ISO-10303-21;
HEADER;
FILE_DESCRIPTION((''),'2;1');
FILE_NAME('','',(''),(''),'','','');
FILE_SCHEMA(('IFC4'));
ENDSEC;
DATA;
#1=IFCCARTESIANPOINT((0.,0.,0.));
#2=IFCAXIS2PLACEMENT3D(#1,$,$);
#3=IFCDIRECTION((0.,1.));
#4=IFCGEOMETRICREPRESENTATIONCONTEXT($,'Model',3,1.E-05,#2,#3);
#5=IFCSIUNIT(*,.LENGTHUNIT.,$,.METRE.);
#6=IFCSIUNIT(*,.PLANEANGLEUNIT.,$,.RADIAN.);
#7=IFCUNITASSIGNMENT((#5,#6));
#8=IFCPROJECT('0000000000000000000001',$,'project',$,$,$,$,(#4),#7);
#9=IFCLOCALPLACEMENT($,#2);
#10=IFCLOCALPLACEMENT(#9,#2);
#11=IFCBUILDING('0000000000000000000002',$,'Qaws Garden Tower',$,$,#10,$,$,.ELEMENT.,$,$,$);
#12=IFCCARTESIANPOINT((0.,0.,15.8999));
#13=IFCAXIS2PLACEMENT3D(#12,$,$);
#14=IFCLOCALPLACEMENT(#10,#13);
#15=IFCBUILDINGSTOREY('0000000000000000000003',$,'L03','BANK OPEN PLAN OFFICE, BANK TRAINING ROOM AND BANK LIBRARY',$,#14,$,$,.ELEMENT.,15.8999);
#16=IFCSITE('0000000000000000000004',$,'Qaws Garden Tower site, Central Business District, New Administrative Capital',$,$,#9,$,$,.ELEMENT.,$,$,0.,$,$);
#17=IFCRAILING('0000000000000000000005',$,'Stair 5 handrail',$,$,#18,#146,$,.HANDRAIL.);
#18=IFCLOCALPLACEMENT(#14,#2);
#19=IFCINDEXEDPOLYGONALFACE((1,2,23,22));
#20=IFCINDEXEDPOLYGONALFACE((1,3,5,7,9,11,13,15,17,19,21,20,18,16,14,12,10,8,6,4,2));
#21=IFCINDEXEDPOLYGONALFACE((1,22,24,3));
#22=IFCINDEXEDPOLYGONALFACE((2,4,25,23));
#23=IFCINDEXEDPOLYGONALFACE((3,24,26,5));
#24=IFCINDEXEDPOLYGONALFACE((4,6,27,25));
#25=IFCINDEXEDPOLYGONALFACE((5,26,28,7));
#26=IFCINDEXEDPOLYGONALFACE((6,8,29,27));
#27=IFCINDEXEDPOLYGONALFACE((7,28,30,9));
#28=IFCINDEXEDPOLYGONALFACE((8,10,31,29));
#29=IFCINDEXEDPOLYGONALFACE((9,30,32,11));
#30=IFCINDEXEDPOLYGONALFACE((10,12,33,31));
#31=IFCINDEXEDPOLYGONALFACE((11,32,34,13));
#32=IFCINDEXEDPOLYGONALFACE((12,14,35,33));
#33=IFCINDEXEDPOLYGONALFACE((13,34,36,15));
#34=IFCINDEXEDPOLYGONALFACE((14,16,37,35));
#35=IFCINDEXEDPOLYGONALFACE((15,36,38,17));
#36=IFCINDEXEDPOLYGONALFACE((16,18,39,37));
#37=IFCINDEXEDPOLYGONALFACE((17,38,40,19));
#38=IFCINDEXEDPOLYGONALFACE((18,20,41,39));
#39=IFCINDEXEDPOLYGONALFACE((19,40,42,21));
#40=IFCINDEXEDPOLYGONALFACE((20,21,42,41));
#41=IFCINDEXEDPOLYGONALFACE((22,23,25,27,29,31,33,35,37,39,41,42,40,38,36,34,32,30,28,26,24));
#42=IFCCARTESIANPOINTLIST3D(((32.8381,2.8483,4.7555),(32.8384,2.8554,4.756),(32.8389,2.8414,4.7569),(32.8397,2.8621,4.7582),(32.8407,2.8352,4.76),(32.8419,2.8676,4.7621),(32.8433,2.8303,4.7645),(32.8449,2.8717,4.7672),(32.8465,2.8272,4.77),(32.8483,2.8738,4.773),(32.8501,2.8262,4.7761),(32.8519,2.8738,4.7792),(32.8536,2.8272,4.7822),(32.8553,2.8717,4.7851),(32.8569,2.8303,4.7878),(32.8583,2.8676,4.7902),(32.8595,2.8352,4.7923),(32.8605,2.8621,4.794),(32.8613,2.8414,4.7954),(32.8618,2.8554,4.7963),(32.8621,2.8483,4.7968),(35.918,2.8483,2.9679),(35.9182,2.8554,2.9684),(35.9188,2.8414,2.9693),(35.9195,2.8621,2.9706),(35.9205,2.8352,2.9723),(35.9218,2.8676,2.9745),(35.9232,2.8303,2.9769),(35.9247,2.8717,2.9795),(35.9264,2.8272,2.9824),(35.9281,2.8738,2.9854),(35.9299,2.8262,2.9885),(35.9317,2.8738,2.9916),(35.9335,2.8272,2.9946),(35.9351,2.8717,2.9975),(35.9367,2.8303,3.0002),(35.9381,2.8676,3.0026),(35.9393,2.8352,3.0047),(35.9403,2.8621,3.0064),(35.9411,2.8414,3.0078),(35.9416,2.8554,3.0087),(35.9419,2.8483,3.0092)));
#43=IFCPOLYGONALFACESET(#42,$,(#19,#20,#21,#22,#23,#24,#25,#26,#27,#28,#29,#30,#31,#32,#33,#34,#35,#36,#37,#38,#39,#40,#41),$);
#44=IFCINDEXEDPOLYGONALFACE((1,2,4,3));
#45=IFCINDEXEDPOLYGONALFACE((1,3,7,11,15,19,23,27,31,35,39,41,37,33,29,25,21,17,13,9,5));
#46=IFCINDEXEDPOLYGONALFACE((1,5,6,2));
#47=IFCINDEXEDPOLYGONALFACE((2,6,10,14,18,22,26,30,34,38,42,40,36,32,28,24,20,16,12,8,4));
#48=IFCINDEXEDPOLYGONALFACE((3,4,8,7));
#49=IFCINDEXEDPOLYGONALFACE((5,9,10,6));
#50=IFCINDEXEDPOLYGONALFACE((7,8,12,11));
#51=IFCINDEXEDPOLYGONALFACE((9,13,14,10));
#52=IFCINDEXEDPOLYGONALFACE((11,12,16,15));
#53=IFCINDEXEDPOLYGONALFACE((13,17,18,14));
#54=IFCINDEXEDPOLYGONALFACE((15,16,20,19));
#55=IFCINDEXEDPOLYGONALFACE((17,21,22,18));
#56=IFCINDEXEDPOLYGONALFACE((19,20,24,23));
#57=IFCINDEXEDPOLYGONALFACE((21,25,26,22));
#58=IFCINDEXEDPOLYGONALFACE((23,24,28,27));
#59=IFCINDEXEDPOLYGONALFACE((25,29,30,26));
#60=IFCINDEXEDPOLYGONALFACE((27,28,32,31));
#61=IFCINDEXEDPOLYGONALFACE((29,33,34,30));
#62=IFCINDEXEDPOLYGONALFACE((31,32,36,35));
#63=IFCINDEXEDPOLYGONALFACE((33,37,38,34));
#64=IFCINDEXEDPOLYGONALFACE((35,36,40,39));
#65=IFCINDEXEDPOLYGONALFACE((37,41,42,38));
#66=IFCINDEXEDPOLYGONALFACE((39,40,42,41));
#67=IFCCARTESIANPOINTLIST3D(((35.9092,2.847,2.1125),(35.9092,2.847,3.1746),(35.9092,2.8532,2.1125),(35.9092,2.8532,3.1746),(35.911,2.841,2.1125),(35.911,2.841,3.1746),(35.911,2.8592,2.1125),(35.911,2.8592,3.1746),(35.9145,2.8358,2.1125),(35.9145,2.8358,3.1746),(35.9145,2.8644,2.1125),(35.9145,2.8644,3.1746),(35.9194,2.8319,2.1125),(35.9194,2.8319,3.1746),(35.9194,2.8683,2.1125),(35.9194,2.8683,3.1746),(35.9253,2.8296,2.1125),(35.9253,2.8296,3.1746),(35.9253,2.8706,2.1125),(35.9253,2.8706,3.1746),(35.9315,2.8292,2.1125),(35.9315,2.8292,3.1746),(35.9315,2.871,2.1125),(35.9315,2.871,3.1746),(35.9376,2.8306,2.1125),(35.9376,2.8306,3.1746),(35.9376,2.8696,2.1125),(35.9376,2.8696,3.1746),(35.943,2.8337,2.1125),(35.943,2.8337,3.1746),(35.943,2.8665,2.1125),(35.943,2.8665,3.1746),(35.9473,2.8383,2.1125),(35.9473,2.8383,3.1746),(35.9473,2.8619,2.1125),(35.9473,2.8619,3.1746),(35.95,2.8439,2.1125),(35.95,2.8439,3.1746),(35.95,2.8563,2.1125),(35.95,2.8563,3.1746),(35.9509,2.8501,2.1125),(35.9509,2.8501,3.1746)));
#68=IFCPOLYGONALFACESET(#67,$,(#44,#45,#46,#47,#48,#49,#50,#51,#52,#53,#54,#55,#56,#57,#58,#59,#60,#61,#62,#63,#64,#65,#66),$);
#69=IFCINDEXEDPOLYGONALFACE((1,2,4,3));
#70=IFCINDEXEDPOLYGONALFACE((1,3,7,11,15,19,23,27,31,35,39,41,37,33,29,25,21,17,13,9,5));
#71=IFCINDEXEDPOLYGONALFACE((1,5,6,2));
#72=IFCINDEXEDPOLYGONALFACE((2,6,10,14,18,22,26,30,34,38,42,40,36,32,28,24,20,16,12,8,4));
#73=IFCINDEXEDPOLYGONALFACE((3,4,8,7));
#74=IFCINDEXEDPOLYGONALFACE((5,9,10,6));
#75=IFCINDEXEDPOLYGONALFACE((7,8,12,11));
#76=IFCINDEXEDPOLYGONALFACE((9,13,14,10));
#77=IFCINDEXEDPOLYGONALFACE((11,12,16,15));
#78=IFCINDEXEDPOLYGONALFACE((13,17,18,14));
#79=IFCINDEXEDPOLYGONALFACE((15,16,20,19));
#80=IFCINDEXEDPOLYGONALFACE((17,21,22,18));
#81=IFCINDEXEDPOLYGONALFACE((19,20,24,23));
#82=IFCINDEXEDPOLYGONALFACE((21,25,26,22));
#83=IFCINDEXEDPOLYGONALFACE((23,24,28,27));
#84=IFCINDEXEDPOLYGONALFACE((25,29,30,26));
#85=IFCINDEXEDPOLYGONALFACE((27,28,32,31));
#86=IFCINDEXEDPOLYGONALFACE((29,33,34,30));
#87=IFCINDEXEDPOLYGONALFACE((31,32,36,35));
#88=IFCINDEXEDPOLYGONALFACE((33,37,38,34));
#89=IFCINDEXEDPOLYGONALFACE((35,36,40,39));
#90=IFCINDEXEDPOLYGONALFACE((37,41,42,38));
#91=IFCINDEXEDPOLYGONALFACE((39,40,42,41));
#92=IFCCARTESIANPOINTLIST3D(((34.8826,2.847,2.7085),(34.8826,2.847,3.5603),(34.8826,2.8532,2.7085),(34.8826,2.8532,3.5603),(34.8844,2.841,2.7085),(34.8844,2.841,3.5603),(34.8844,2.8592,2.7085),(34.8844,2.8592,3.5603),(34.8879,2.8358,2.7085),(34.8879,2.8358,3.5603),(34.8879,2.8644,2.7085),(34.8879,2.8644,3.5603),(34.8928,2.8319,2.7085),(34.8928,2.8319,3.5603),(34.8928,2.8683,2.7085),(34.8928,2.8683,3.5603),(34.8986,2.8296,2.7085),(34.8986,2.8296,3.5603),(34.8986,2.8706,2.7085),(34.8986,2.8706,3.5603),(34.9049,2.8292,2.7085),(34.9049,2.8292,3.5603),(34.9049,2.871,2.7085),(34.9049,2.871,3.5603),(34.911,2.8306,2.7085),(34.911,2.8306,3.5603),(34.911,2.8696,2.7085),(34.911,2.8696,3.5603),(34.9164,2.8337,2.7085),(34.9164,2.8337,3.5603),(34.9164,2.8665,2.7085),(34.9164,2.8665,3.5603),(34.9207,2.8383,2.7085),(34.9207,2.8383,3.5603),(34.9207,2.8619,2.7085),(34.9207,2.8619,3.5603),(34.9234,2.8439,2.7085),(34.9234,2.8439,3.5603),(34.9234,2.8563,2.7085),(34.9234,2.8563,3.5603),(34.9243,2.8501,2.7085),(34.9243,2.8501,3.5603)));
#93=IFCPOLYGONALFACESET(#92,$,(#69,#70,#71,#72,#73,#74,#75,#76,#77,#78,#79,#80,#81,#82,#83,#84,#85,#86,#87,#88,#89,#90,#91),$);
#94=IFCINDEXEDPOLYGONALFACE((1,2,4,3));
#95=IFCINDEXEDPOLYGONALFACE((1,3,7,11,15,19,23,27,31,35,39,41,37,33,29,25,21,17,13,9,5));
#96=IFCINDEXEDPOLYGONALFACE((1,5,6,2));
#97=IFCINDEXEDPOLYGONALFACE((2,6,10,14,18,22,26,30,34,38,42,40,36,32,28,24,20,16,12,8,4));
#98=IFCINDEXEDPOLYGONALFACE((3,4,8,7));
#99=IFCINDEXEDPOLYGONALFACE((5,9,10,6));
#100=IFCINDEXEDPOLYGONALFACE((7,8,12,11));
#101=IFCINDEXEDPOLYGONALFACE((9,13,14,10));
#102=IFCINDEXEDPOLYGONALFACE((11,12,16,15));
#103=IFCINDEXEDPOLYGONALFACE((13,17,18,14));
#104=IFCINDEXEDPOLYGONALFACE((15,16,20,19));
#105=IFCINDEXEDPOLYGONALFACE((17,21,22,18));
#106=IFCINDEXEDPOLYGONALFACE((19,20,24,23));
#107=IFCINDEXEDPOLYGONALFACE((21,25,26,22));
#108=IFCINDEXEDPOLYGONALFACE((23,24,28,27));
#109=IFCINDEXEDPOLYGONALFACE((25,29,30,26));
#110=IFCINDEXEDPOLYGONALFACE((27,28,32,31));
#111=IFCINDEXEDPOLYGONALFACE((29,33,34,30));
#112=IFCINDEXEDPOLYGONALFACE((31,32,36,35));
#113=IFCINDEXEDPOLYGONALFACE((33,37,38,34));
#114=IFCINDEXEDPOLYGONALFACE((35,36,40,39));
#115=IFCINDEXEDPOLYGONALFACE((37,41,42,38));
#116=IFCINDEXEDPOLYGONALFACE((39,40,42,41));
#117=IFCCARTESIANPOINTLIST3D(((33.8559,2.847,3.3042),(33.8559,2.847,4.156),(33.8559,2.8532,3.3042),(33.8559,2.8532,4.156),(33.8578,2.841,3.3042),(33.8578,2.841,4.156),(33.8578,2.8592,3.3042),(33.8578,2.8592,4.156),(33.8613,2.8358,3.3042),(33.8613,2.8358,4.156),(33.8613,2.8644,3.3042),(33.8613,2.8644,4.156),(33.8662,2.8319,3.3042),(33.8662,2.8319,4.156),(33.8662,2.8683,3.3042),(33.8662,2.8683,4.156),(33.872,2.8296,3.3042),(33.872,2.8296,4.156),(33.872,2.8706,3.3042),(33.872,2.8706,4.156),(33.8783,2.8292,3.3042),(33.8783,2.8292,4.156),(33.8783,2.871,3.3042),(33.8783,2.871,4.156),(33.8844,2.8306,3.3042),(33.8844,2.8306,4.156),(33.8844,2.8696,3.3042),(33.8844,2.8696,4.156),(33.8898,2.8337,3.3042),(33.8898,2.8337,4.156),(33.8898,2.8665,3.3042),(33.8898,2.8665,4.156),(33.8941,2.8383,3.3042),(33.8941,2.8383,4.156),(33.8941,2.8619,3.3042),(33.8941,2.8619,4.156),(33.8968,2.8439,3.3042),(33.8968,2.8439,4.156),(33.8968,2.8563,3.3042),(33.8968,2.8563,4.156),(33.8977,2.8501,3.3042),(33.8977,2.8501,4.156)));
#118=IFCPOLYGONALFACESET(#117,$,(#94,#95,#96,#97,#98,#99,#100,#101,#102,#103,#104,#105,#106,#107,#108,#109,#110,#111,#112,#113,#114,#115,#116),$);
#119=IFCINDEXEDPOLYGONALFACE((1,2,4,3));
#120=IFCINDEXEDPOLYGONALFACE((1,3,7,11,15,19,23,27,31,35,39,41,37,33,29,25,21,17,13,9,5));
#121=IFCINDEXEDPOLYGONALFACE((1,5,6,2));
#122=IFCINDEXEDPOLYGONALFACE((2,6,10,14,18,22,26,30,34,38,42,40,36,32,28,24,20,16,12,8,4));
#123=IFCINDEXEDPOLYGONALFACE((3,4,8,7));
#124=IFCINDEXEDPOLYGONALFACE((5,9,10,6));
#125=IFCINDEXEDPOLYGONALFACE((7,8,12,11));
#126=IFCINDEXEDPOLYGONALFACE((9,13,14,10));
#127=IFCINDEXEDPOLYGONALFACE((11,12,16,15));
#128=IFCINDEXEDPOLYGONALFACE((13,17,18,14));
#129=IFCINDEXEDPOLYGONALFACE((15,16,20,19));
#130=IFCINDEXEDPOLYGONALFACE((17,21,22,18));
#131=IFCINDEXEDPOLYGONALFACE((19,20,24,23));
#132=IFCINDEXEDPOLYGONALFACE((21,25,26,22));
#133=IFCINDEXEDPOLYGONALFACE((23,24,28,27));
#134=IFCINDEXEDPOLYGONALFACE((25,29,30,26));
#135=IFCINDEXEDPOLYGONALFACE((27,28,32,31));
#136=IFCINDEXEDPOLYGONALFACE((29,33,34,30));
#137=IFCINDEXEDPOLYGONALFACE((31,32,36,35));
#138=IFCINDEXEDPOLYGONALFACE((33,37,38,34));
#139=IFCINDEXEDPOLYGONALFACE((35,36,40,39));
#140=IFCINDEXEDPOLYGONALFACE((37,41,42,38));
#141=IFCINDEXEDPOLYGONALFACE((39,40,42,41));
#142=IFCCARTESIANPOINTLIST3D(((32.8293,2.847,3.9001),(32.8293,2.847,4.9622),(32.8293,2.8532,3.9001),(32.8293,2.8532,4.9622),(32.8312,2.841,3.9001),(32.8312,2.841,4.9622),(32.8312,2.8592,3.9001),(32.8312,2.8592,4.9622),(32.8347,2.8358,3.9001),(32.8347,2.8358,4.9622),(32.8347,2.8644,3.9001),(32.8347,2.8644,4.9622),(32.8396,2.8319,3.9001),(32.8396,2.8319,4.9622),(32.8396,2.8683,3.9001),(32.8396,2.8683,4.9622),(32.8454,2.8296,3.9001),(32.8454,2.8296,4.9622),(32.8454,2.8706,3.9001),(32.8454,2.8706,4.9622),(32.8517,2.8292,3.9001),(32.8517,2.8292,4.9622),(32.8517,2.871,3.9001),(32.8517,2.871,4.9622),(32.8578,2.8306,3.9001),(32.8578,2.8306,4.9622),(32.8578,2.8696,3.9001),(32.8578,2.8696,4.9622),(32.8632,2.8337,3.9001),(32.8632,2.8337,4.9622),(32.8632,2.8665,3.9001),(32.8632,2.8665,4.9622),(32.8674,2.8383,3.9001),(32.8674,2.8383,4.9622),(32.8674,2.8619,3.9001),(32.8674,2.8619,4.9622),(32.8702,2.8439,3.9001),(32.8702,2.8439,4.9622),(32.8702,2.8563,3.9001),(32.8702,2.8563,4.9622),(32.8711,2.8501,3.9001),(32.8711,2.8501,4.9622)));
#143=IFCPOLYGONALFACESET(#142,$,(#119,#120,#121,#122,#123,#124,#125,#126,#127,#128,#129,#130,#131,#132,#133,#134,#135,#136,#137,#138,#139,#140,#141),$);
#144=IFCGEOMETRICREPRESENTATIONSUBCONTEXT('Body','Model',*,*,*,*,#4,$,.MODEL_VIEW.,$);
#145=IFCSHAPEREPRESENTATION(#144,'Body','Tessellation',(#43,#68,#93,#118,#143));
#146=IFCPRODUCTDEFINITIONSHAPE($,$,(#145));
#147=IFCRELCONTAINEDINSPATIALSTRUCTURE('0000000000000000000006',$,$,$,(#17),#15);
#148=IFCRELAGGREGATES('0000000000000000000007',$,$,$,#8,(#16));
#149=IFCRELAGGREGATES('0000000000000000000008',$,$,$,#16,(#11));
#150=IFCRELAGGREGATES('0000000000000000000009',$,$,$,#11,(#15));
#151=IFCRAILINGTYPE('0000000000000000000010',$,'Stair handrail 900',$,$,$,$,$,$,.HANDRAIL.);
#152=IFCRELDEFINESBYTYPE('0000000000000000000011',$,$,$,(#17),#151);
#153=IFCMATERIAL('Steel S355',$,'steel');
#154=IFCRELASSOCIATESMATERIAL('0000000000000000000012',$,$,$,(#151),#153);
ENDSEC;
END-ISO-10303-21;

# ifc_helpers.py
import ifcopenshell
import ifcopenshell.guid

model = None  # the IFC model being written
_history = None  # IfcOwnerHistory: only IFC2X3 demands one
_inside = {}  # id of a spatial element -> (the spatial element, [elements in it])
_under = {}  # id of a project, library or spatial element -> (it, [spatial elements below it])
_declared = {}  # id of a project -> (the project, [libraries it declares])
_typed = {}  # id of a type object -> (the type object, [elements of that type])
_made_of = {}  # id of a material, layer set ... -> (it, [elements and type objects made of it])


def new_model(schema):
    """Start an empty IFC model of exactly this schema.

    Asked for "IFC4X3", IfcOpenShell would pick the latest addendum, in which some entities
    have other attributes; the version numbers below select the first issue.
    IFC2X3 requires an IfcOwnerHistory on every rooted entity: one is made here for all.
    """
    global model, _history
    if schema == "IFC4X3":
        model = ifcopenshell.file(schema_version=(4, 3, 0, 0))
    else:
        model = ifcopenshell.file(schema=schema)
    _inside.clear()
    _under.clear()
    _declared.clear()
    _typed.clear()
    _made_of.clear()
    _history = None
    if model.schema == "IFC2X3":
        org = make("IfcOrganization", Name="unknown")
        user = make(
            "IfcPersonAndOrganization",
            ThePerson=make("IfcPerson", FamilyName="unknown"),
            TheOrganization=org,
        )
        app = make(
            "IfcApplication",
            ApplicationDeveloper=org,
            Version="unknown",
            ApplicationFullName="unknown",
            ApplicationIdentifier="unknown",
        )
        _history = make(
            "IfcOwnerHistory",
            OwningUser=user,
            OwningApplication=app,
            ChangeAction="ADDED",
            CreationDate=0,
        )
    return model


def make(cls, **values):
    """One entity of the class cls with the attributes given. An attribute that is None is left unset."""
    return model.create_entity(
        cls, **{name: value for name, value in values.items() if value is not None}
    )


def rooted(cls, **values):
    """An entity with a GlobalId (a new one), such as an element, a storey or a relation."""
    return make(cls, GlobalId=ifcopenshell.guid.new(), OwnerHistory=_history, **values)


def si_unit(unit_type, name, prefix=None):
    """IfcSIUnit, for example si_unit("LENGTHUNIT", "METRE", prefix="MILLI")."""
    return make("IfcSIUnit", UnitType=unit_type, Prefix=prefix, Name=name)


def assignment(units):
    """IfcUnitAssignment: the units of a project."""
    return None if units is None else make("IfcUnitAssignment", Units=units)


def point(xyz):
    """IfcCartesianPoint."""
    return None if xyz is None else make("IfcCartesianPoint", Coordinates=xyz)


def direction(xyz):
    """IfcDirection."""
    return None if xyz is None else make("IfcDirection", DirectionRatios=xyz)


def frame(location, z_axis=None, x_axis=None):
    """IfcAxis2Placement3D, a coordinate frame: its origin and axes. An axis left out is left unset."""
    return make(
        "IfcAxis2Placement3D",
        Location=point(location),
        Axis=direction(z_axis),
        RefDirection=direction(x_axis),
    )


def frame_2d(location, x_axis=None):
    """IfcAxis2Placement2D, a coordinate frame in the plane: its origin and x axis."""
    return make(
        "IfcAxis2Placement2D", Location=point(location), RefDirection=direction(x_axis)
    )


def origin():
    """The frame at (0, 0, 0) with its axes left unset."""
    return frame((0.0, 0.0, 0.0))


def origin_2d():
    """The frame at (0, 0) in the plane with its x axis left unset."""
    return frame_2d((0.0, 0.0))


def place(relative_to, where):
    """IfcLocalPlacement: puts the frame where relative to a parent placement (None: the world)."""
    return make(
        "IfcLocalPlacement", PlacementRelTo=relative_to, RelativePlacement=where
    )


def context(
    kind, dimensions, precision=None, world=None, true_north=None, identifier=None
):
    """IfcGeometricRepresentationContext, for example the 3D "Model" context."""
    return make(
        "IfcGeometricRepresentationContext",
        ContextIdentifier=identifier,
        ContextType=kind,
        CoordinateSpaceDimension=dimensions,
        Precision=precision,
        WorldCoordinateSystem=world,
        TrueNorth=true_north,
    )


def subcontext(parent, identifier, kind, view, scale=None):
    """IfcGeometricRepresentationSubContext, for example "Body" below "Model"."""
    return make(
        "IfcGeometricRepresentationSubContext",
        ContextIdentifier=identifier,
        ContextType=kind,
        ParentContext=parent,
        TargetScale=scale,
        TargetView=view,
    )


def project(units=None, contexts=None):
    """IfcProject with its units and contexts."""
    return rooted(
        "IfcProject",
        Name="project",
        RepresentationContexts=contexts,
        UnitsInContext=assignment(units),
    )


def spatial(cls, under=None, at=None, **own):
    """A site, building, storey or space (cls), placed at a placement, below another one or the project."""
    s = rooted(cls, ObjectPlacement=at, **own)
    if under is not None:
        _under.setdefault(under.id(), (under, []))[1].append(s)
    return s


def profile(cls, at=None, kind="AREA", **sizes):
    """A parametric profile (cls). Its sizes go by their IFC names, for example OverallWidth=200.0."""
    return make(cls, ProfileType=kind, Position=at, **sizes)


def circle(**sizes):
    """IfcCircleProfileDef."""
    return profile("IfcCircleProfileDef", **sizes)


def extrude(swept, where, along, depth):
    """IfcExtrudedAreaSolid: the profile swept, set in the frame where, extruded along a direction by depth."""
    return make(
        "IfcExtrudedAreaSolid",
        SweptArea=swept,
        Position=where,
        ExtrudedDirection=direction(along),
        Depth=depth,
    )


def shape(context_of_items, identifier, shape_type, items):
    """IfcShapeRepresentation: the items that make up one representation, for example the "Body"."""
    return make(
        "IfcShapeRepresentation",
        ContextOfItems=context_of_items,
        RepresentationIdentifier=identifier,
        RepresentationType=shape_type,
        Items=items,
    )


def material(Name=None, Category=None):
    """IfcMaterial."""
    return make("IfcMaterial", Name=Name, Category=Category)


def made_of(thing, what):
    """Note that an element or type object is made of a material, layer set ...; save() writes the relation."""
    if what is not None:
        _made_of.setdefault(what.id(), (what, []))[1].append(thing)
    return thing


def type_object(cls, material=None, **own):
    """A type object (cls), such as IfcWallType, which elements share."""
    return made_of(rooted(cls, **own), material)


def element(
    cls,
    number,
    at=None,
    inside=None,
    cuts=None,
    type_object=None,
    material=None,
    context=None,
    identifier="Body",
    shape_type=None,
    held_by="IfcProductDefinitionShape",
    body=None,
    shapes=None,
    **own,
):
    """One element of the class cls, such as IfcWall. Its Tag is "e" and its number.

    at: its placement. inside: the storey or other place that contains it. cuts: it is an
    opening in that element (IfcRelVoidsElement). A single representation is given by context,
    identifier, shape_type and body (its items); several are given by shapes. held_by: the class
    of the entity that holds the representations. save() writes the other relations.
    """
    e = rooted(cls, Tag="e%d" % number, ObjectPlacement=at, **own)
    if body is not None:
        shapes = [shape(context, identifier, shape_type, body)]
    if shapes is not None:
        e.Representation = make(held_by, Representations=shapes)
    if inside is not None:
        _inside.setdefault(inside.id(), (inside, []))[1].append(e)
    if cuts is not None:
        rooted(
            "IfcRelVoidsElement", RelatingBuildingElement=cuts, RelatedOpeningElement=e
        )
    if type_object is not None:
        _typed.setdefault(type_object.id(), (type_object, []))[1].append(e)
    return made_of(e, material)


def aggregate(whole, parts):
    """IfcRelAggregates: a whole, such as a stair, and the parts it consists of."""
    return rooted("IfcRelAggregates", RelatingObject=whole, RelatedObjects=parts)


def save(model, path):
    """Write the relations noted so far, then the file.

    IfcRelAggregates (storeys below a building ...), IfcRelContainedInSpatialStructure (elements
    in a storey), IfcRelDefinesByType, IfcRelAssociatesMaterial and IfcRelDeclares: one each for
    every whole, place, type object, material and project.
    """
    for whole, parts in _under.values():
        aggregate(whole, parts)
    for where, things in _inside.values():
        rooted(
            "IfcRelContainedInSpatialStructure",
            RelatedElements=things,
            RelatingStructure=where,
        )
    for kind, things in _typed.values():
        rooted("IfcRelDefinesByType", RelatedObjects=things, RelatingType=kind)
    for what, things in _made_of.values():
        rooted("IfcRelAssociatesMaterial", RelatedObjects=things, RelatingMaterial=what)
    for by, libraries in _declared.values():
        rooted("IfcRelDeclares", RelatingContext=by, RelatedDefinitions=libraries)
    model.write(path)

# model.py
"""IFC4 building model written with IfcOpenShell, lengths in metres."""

from ifc_helpers import new_model, si_unit, direction, frame, origin, origin_2d, place, context, subcontext, project, spatial, circle, extrude, material, type_object, element, save


model = new_model("IFC4")

# Units and contexts
model_context = context("Model", 3, precision=1e-05, world=origin(), true_north=direction((0.0, 1.0)))
body_context = subcontext(model_context, "Body", "Model", "MODEL_VIEW")
ifc_project = project(units=[si_unit("LENGTHUNIT", "METRE"), si_unit("PLANEANGLEUNIT", "RADIAN")], contexts=[model_context])

# Site, building, storey
site_placement = place(None, origin())
site = spatial("IfcSite", under=ifc_project, at=site_placement, Name="Qaws Garden Tower site, Central Business District, New Administrative Capital", CompositionType="ELEMENT", RefElevation=0.0)
building_placement = place(site_placement, origin())
building = spatial("IfcBuilding", under=site, at=building_placement, Name="Qaws Garden Tower", CompositionType="ELEMENT")
storey_placement = place(building_placement, frame((0.0, 0.0, 15.8999)))
storey = spatial("IfcBuildingStorey", under=building, at=storey_placement, Name="L03", Description="BANK OPEN PLAN OFFICE, BANK TRAINING ROOM AND BANK LIBRARY", CompositionType="ELEMENT", Elevation=15.8999)

# Railing
ifc_material_1 = material(Name="Steel S355", Category="steel")
railing_type = type_object("IfcRailingType", Name="Stair handrail 900", PredefinedType="HANDRAIL", material=ifc_material_1)
railing_1_placement = place(storey_placement, frame((35.9299, 2.8501, 2.1125)))
element("IfcRailing", 1, at=railing_1_placement, inside=storey, type_object=railing_type, Name="Stair 5 handrail", PredefinedType="HANDRAIL", context=body_context, shape_type="SweptSolid", body=[
    extrude(circle(Radius=0.0239, at=origin_2d()), frame((0.0, 0.0, 0.876), z_axis=(-0.864873, 0.0, 0.50199), x_axis=(0.0, -1.0, 0.0)), (0.0, 0.0, 1.0), 3.561),
    extrude(circle(Radius=0.021, at=origin_2d()), origin(), (0.0, 0.0, 1.0), 1.062),
    extrude(circle(Radius=0.021, at=origin_2d()), frame((-1.0266, 0.0, 0.5959)), (0.0, 0.0, 1.0), 0.8518),
    extrude(circle(Radius=0.021, at=origin_2d()), frame((-2.0532, 0.0, 1.1917)), (0.0, 0.0, 1.0), 0.8518),
    extrude(circle(Radius=0.021, at=origin_2d()), frame((-3.0798, 0.0, 1.7876)), (0.0, 0.0, 1.0), 1.062),
])

save(model, "model.ifc")
